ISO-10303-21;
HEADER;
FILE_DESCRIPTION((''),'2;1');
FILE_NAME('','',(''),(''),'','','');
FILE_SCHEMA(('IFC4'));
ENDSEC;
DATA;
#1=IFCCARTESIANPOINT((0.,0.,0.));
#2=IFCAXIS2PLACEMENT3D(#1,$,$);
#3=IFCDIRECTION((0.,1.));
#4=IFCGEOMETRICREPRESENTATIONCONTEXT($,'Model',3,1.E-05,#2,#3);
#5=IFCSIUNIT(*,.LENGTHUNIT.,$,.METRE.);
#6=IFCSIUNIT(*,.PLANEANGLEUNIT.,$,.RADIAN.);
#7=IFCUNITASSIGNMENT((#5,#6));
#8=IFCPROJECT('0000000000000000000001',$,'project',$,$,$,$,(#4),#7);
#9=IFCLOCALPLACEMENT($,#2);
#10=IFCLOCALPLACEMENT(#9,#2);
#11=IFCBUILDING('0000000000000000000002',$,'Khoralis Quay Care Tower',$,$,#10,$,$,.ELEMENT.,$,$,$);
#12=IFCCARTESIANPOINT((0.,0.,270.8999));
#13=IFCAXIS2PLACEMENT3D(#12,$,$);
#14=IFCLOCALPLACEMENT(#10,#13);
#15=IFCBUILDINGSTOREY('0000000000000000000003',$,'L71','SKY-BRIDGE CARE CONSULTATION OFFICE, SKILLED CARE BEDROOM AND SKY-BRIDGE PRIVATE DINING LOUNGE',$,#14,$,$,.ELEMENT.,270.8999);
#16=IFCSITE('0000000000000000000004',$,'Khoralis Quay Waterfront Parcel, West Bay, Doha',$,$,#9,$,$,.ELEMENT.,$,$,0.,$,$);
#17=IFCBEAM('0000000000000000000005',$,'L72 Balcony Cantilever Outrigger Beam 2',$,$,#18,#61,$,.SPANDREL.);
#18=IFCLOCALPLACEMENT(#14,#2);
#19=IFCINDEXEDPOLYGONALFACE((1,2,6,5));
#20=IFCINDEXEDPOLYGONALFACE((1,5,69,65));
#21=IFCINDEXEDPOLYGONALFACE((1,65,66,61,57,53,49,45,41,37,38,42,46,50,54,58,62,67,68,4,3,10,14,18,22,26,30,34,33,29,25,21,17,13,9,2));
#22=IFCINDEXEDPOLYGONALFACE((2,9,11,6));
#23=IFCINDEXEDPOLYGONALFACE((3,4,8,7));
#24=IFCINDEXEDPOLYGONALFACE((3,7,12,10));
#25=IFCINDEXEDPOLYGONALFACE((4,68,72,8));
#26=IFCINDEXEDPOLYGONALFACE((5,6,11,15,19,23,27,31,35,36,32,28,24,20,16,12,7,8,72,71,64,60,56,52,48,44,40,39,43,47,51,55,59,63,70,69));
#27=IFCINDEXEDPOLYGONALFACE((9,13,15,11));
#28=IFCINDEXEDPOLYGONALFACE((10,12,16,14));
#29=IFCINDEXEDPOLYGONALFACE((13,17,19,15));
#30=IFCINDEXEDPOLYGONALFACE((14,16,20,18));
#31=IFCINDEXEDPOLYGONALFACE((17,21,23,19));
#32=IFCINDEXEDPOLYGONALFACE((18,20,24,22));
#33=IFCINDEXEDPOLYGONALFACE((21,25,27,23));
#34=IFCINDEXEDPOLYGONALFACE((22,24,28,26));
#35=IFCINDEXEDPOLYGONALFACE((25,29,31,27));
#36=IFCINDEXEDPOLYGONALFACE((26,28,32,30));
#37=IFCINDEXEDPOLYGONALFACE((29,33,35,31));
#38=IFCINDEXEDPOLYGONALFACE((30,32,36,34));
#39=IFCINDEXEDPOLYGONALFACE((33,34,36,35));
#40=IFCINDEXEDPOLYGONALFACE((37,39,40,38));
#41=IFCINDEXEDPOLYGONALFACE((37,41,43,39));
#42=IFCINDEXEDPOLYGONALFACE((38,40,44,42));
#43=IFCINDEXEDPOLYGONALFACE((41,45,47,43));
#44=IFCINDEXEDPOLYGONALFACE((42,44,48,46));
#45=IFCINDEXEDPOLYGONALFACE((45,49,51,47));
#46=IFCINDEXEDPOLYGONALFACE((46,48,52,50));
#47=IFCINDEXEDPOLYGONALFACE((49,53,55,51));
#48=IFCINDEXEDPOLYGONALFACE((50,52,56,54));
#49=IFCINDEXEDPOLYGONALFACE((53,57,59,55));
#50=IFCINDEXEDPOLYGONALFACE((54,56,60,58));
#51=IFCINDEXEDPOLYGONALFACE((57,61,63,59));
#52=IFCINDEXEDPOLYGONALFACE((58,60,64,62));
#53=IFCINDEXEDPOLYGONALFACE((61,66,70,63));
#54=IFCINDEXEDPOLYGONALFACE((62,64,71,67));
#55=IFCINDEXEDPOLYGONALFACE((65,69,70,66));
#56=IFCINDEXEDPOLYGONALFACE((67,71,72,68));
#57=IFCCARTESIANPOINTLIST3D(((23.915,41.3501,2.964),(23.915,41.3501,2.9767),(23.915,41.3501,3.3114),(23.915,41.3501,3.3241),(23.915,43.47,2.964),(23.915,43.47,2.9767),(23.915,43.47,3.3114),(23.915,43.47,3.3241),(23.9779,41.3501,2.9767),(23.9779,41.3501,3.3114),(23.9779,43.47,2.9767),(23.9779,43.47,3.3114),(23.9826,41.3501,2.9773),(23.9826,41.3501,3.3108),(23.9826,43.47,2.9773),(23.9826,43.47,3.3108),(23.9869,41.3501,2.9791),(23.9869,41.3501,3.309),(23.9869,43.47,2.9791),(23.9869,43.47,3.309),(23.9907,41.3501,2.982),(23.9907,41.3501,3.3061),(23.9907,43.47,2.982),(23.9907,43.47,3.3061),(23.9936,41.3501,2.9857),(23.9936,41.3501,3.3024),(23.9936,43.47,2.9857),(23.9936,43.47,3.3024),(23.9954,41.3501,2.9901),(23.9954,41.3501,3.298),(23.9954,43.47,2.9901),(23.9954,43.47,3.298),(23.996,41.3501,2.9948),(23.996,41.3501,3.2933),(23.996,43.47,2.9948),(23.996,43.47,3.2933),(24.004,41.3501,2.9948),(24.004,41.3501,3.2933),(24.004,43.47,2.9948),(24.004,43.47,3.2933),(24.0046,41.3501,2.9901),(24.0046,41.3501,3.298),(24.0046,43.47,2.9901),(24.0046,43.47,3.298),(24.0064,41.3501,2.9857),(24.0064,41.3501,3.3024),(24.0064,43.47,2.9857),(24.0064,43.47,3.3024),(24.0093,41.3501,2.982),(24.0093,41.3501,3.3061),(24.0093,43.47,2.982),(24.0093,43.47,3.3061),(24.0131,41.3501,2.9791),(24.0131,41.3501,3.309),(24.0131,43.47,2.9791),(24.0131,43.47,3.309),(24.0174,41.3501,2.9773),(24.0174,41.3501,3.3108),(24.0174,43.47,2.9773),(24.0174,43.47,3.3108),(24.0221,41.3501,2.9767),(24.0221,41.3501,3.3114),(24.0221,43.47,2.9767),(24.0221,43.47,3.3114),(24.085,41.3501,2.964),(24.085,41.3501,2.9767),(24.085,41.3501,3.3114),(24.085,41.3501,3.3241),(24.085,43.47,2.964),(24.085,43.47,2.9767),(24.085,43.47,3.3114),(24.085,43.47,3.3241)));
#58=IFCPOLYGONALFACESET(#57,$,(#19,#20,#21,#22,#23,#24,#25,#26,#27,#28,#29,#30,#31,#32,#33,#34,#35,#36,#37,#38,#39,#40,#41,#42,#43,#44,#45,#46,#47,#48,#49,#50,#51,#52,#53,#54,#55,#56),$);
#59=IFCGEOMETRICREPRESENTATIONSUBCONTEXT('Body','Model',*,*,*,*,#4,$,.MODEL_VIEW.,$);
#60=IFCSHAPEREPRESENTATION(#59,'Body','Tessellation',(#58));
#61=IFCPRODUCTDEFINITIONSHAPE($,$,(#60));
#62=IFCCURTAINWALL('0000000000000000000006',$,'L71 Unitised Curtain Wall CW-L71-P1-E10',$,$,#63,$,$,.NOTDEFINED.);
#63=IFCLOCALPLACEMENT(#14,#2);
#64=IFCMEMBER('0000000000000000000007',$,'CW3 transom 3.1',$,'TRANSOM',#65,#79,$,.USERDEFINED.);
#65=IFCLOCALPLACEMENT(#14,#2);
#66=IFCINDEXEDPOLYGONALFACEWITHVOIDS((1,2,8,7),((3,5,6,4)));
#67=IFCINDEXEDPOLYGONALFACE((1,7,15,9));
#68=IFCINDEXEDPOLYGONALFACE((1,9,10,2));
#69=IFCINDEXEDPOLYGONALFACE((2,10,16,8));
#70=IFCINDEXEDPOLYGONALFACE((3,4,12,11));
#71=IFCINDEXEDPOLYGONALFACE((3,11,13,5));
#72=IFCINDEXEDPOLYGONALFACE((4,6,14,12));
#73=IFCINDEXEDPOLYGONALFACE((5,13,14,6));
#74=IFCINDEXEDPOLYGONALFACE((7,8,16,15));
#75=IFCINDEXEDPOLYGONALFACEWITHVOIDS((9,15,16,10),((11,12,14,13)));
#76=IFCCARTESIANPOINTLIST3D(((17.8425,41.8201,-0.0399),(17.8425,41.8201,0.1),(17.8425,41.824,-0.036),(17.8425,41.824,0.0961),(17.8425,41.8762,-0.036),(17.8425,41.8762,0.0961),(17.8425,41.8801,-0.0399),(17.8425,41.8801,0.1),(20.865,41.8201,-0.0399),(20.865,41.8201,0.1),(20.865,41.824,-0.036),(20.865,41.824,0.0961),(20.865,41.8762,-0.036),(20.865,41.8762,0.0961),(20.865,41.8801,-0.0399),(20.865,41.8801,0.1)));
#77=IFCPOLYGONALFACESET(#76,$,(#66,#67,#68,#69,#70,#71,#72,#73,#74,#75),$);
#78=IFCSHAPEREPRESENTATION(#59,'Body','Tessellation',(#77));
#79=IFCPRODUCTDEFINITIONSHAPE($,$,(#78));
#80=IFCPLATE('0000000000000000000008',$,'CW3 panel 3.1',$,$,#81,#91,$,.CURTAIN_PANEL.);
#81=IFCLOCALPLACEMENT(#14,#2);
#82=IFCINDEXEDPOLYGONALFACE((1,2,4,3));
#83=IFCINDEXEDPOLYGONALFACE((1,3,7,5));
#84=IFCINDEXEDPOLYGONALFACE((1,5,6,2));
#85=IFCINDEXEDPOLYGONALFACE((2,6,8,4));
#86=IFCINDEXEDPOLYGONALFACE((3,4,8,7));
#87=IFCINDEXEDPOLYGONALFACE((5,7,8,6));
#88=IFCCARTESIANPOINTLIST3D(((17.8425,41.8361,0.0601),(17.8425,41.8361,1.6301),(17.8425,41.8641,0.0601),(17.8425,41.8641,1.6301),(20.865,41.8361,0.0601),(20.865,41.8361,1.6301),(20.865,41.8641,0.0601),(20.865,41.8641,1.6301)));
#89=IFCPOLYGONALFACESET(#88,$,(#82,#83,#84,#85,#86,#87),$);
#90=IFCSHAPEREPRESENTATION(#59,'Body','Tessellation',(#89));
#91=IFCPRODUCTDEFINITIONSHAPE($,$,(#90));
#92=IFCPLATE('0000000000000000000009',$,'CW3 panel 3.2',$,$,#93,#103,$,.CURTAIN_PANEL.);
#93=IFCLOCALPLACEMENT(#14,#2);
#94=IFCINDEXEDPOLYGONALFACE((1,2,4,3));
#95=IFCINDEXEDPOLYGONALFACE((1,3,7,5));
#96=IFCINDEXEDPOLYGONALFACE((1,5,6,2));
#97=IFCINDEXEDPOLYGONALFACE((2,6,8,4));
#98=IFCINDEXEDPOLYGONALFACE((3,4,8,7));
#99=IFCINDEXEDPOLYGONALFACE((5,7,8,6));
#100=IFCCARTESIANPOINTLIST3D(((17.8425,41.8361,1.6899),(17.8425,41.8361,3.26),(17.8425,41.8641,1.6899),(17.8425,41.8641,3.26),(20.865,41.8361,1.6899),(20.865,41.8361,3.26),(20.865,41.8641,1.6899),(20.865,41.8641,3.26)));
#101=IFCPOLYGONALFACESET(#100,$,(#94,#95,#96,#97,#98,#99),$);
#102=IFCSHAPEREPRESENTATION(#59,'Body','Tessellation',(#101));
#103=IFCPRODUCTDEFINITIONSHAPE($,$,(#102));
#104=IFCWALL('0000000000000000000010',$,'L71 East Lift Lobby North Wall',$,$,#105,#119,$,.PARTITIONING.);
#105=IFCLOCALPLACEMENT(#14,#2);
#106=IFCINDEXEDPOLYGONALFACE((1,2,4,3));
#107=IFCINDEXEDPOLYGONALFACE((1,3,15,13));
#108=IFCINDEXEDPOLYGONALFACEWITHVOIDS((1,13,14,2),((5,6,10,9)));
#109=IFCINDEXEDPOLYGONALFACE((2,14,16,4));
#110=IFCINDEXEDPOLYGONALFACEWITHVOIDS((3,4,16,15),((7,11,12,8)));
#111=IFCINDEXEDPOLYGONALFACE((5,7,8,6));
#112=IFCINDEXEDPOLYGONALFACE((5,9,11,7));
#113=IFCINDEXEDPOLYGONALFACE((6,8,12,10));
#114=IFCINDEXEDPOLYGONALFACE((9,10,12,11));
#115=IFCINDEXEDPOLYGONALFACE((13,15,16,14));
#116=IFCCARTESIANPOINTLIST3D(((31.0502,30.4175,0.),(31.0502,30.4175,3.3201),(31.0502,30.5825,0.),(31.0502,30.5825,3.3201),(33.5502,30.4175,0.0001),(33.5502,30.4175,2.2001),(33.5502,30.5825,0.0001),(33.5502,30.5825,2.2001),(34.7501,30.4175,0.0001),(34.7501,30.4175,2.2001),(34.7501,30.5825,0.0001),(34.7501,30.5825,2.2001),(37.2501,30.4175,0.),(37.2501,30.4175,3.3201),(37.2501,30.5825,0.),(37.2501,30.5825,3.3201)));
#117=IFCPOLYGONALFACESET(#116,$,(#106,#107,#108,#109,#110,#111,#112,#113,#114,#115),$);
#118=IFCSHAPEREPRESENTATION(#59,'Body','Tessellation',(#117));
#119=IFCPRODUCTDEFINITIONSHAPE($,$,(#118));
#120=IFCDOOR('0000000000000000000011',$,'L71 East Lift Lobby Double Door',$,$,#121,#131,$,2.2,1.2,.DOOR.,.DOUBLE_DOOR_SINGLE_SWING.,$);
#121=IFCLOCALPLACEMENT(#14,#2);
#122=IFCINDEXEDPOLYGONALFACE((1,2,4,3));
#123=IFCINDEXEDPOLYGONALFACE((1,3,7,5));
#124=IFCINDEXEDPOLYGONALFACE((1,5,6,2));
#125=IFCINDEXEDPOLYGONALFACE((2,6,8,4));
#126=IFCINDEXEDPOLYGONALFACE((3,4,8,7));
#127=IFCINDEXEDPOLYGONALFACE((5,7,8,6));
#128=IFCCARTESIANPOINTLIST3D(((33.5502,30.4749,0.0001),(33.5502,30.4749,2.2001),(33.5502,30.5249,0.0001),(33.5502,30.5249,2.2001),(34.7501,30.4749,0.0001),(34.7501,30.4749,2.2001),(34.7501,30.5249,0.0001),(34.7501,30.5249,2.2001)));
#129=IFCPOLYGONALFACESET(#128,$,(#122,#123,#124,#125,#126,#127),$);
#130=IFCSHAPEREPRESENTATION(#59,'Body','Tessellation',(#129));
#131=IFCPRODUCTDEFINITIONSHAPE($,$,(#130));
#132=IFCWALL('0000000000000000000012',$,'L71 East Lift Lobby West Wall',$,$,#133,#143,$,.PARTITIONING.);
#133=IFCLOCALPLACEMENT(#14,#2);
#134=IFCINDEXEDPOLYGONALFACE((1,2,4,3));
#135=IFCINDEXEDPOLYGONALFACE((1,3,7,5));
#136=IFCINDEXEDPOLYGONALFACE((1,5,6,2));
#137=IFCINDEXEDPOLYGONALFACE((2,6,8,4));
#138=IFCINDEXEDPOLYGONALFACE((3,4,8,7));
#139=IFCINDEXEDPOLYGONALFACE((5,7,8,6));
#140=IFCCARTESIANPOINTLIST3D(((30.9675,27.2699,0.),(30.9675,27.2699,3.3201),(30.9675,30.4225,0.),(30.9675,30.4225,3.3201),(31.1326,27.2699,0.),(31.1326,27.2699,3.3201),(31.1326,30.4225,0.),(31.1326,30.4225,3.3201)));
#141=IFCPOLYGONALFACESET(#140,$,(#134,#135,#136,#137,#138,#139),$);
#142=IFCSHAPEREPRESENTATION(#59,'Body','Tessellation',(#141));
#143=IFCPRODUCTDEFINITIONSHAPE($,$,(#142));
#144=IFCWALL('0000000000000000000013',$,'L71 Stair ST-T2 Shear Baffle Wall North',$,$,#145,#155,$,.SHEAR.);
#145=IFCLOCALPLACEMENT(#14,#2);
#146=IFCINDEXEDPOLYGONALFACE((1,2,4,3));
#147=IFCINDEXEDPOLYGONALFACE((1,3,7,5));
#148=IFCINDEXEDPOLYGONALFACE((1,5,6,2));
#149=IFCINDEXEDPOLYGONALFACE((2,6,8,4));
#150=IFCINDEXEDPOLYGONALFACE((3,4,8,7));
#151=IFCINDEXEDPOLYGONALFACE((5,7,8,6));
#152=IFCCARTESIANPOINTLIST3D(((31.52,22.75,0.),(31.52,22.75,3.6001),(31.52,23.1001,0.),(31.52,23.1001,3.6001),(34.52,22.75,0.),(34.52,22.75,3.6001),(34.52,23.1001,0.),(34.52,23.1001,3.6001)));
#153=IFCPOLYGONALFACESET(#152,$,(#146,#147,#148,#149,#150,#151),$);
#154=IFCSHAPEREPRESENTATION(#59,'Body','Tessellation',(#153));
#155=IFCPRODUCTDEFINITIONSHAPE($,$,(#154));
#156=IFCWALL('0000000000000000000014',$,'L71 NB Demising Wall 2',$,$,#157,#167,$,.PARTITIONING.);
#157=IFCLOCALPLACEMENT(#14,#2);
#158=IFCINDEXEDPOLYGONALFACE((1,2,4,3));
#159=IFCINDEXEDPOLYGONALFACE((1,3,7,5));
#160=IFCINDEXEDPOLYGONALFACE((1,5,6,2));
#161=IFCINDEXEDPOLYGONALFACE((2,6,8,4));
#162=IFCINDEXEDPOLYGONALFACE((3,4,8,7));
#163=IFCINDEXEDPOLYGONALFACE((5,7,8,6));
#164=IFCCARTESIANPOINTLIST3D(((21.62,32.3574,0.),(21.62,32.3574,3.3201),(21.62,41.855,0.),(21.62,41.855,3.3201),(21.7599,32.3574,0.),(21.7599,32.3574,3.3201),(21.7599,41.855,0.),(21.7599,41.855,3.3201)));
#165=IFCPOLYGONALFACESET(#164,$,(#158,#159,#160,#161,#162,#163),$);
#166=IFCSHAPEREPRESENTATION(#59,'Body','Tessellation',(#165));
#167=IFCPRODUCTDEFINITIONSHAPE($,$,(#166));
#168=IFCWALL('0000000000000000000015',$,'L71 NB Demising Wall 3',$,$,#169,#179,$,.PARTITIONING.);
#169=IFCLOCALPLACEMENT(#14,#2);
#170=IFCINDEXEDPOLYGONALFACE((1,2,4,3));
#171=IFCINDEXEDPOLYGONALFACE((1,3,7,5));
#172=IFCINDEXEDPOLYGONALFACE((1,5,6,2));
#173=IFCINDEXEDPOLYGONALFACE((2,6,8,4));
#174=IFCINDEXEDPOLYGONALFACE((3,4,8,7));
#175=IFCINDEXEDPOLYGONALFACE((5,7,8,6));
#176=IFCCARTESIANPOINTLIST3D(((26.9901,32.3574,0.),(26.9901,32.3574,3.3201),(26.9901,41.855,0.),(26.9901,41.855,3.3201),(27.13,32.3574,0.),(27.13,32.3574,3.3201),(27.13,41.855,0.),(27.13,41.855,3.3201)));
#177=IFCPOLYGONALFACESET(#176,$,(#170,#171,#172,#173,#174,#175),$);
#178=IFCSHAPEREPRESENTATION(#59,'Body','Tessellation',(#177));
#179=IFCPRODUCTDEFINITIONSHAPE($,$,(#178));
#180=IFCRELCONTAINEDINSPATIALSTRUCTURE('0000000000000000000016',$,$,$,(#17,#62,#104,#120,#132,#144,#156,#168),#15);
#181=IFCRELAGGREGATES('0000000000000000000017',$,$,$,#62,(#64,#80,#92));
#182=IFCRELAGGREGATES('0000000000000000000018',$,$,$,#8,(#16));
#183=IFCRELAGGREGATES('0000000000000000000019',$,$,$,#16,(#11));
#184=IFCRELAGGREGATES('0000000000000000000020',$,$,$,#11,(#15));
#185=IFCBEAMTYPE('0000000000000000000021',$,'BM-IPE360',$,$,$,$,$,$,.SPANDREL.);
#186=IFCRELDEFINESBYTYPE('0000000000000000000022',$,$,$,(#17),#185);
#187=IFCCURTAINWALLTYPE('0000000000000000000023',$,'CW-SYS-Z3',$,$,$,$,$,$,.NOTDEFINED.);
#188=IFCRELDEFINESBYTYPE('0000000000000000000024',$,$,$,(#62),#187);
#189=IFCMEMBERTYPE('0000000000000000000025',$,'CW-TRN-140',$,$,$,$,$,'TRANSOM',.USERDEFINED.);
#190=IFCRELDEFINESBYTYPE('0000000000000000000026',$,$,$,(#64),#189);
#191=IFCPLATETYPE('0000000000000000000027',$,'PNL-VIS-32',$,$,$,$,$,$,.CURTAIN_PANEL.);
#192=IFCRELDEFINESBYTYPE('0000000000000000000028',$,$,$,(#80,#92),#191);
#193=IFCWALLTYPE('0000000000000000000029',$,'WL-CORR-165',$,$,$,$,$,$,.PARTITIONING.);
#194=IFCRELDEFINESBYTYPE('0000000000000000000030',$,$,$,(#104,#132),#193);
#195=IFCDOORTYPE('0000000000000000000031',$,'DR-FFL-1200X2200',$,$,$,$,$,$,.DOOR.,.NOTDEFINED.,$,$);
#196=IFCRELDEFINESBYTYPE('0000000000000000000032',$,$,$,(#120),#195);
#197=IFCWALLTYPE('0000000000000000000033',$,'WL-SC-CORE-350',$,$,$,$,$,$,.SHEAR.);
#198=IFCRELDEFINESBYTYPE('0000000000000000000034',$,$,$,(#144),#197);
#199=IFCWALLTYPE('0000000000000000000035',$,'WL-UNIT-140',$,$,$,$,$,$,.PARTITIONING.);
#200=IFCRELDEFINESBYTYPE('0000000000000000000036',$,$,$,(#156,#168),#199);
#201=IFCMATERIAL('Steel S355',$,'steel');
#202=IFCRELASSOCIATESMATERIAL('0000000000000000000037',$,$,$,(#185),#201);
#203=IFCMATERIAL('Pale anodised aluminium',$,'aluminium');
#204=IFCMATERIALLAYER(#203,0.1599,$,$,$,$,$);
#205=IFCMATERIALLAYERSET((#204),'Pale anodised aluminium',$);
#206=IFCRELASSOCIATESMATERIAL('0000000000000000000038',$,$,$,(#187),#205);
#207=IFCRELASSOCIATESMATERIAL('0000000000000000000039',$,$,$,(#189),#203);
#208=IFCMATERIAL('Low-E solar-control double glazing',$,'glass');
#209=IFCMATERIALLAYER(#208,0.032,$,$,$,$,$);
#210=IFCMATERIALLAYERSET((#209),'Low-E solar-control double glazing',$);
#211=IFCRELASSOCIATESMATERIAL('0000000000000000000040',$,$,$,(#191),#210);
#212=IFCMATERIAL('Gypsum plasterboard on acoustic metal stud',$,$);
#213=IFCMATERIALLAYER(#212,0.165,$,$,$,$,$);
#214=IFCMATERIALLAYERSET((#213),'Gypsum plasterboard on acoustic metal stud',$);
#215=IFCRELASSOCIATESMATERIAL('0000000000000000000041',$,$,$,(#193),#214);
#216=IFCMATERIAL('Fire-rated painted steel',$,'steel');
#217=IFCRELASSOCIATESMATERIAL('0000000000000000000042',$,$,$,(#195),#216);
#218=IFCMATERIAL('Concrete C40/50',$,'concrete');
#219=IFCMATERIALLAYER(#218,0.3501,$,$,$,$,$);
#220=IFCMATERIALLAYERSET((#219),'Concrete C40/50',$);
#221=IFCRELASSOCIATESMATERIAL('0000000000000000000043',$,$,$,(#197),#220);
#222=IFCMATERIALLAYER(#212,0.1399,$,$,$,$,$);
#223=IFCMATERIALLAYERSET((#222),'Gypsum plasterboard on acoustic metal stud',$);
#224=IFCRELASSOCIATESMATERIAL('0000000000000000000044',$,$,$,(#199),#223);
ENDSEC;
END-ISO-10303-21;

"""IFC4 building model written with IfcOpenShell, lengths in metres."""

from ifc_helpers import new_model, si_unit, direction, frame, frame_2d, origin, origin_2d, place, context, subcontext, project, spatial, rectangle, hollow_rectangle, i_section, extrude, source, transform, mapped, material, layer, layer_set, material_profile, profile_set, type_object, element, fill, aggregate, save


model = new_model("IFC4")

# Units and contexts
model_context = context("Model", 3, precision=1e-05, world=origin(), true_north=direction((0.0, 1.0)))
body_context = subcontext(model_context, "Body", "Model", "MODEL_VIEW")
ifc_project = project(units=[si_unit("LENGTHUNIT", "METRE"), si_unit("PLANEANGLEUNIT", "RADIAN")], contexts=[model_context])

# Site, building, storey
site_placement = place(None, origin())
site = spatial("IfcSite", under=ifc_project, at=site_placement, Name="Khoralis Quay Waterfront Parcel, West Bay, Doha", CompositionType="ELEMENT", RefElevation=0.0)
building_placement = place(site_placement, origin())
building = spatial("IfcBuilding", under=site, at=building_placement, Name="Khoralis Quay Care Tower", CompositionType="ELEMENT")
storey_placement = place(building_placement, frame((0.0, 0.0, 270.8999)))
storey = spatial("IfcBuildingStorey", under=building, at=storey_placement, Name="L71", Description="SKY-BRIDGE CARE CONSULTATION OFFICE, SKILLED CARE BEDROOM AND SKY-BRIDGE PRIVATE DINING LOUNGE", CompositionType="ELEMENT", Elevation=270.8999)

# Beam
ifc_material_1 = material(Name="Steel S355", Category="steel")
ifc_material_profile_1 = material_profile(ifc_material_1, i_section(OverallWidth=0.1699, OverallDepth=0.3601, WebThickness=0.0081, FlangeThickness=0.0127, FilletRadius=0.0181, at=origin_2d()), Name="Steel S355")
ifc_profile_set_1 = profile_set([ifc_material_profile_1], Name="Steel S355")
beam_type_1 = type_object("IfcBeamType", Name="BM-IPE360", PredefinedType="SPANDREL", material=ifc_profile_set_1)
shared_shape_1 = source(origin(), body_context, "Body", "SweptSolid", [
    extrude(i_section(OverallWidth=0.1699, OverallDepth=0.3601, WebThickness=0.0081, FlangeThickness=0.0127, FilletRadius=0.0181, at=origin_2d()), origin(), (0.0, 0.0, 1.0), 2.1199),
])
beam_1_placement = place(storey_placement, frame((24.0, 41.3501, 3.144), z_axis=(0.0, 1.0, 0.0), x_axis=(-1.0, 0.0, 0.0)))
element("IfcBeam", 1, at=beam_1_placement, inside=storey, type_object=beam_type_1, Name="L72 Balcony Cantilever Outrigger Beam 2", PredefinedType="SPANDREL", context=body_context, shape_type="MappedRepresentation", body=[
    mapped(shared_shape_1, transform((0.0, 0.0, 0.0), scale=1.0)),
])

# Curtain wall, member, plates
ifc_material_2 = material(Name="Pale anodised aluminium", Category="aluminium")
ifc_layer_1 = layer(ifc_material_2, 0.1599)
ifc_layer_set_1 = layer_set([ifc_layer_1], Name="Pale anodised aluminium")
curtain_wall_type = type_object("IfcCurtainWallType", Name="CW-SYS-Z3", PredefinedType="NOTDEFINED", material=ifc_layer_set_1)
curtain_wall_placement = place(storey_placement, origin())
curtain_wall = element("IfcCurtainWall", 2, at=curtain_wall_placement, inside=storey, type_object=curtain_wall_type, Name="L71 Unitised Curtain Wall CW-L71-P1-E10", PredefinedType="NOTDEFINED")
ifc_material_profile_2 = material_profile(ifc_material_2, hollow_rectangle(XDim=0.0601, YDim=0.1399, WallThickness=0.0039, at=origin_2d()), Name="Pale anodised aluminium")
ifc_profile_set_2 = profile_set([ifc_material_profile_2], Name="Pale anodised aluminium")
member_type = type_object("IfcMemberType", Name="CW-TRN-140", ElementType="TRANSOM", PredefinedType="USERDEFINED", material=ifc_profile_set_2)
shared_shape_2 = source(origin(), body_context, "Body", "SweptSolid", [
    extrude(hollow_rectangle(XDim=0.0601, YDim=0.1399, WallThickness=0.0039, at=origin_2d()), origin(), (0.0, 0.0, 1.0), 3.0225),
])
member_placement = place(storey_placement, frame((20.865, 41.8501, 0.03), z_axis=(-1.0, 0.0, 0.0), x_axis=(0.0, -1.0, 0.0)))
member = element("IfcMember", 3, at=member_placement, type_object=member_type, Name="CW3 transom 3.1", ObjectType="TRANSOM", PredefinedType="USERDEFINED", context=body_context, shape_type="MappedRepresentation", body=[
    mapped(shared_shape_2, transform((0.0, 0.0, 0.0), scale=1.0)),
])
ifc_material_3 = material(Name="Low-E solar-control double glazing", Category="glass")
ifc_layer_2 = layer(ifc_material_3, 0.032)
ifc_layer_set_2 = layer_set([ifc_layer_2], Name="Low-E solar-control double glazing")
plate_type = type_object("IfcPlateType", Name="PNL-VIS-32", PredefinedType="CURTAIN_PANEL", material=ifc_layer_set_2)
shared_shape_3 = source(origin(), body_context, "Body", "SweptSolid", [
    extrude(rectangle(XDim=3.0225, YDim=0.0281, at=origin_2d()), origin(), (0.0, 0.0, 1.0), 1.5701),
])
plate_1_placement = place(storey_placement, frame((19.3538, 41.8501, 0.0601), z_axis=(0.0, 0.0, 1.0), x_axis=(-1.0, 0.0, 0.0)))
plate_1 = element("IfcPlate", 4, at=plate_1_placement, type_object=plate_type, Name="CW3 panel 3.1", PredefinedType="CURTAIN_PANEL", context=body_context, shape_type="MappedRepresentation", body=[
    mapped(shared_shape_3, transform((0.0, 0.0, 0.0), scale=1.0)),
])
plate_2_placement = place(storey_placement, frame((19.3538, 41.8501, 1.6899), z_axis=(0.0, 0.0, 1.0), x_axis=(-1.0, 0.0, 0.0)))
plate_2 = element("IfcPlate", 5, at=plate_2_placement, type_object=plate_type, Name="CW3 panel 3.2", PredefinedType="CURTAIN_PANEL", context=body_context, shape_type="MappedRepresentation", body=[
    mapped(shared_shape_3, transform((0.0, 0.0, 0.0), scale=1.0)),
])
aggregate(curtain_wall, [member, plate_1, plate_2])

# Wall, opening, door
ifc_material_4 = material(Name="Gypsum plasterboard on acoustic metal stud")
ifc_layer_3 = layer(ifc_material_4, 0.165)
ifc_layer_set_3 = layer_set([ifc_layer_3], Name="Gypsum plasterboard on acoustic metal stud")
wall_type_1 = type_object("IfcWallType", Name="WL-CORR-165", PredefinedType="PARTITIONING", material=ifc_layer_set_3)
wall_1_placement = place(storey_placement, frame((31.05, 30.5, 0.0), z_axis=(0.0, 0.0, 1.0), x_axis=(1.0, 0.0, 0.0)))
wall_1 = element("IfcWall", 6, at=wall_1_placement, inside=storey, type_object=wall_type_1, Name="L71 East Lift Lobby North Wall", PredefinedType="PARTITIONING", context=body_context, shape_type="SweptSolid", body=[
    extrude(rectangle(XDim=6.2, YDim=0.165, at=frame_2d((3.1001, 0.0))), origin(), (0.0, 0.0, 1.0), 3.3201),
])
opening_placement = place(wall_1_placement, frame((2.5, 0.0, 0.0)))
opening = element("IfcOpeningElement", 7, at=opening_placement, cuts=wall_1, PredefinedType="OPENING", context=body_context, shape_type="SweptSolid", body=[
    extrude(rectangle(XDim=1.2, YDim=2.2, at=frame_2d((0.6001, 1.1001))), frame((0.0, 0.0925, 0.0), z_axis=(0.0, -1.0, 0.0), x_axis=(1.0, 0.0, 0.0)), (0.0, 0.0, 1.0), 0.1851),
])
ifc_material_5 = material(Name="Fire-rated painted steel", Category="steel")
door_type = type_object("IfcDoorType", Name="DR-FFL-1200X2200", OperationType="NOTDEFINED", PredefinedType="DOOR", material=ifc_material_5)
shared_shape_4 = source(origin(), body_context, "Body", "SweptSolid", [
    extrude(rectangle(XDim=1.2, YDim=2.2, at=frame_2d((0.6001, 1.1001))), frame((0.0, 0.0249, 0.0), z_axis=(0.0, -1.0, 0.0), x_axis=(1.0, 0.0, 0.0)), (0.0, 0.0, 1.0), 0.05),
])
door_placement = place(opening_placement, origin())
door = element("IfcDoor", 8, at=door_placement, inside=storey, type_object=door_type, Name="L71 East Lift Lobby Double Door", OperationType="DOUBLE_DOOR_SINGLE_SWING", OverallHeight=2.2, OverallWidth=1.2, PredefinedType="DOOR", context=body_context, shape_type="MappedRepresentation", body=[
    mapped(shared_shape_4, transform((0.0, 0.0, 0.0), scale=1.0)),
])
fill(opening, door)

# Walls
wall_2_placement = place(storey_placement, frame((31.05, 27.27, 0.0), z_axis=(0.0, 0.0, 1.0), x_axis=(0.0, 1.0, 0.0)))
element("IfcWall", 9, at=wall_2_placement, inside=storey, type_object=wall_type_1, Name="L71 East Lift Lobby West Wall", PredefinedType="PARTITIONING", context=body_context, shape_type="SweptSolid", body=[
    extrude(rectangle(XDim=3.1526, YDim=0.165, at=frame_2d((1.5762, 0.0))), origin(), (0.0, 0.0, 1.0), 3.3201),
])
ifc_material_6 = material(Name="Concrete C40/50", Category="concrete")
ifc_layer_4 = layer(ifc_material_6, 0.3501)
ifc_layer_set_4 = layer_set([ifc_layer_4], Name="Concrete C40/50")
wall_type_2 = type_object("IfcWallType", Name="WL-SC-CORE-350", PredefinedType="SHEAR", material=ifc_layer_set_4)
wall_3_placement = place(storey_placement, frame((31.52, 22.925, 0.0), z_axis=(0.0, 0.0, 1.0), x_axis=(1.0, 0.0, 0.0)))
element("IfcWall", 10, at=wall_3_placement, inside=storey, type_object=wall_type_2, Name="L71 Stair ST-T2 Shear Baffle Wall North", PredefinedType="SHEAR", context=body_context, shape_type="SweptSolid", body=[
    extrude(rectangle(XDim=3.0, YDim=0.3501, at=frame_2d((1.5, 0.0))), origin(), (0.0, 0.0, 1.0), 3.6001),
])
ifc_layer_5 = layer(ifc_material_4, 0.1399)
ifc_layer_set_5 = layer_set([ifc_layer_5], Name="Gypsum plasterboard on acoustic metal stud")
wall_type_3 = type_object("IfcWallType", Name="WL-UNIT-140", PredefinedType="PARTITIONING", material=ifc_layer_set_5)
for number, where, z_axis, x_axis, name in (
    (11, (21.6899, 32.3574, 0.0), (0.0, 0.0, 1.0), (0.0, 1.0, 0.0), "L71 NB Demising Wall 2"),
    (12, (27.0601, 32.3574, 0.0), (0.0, 0.0, 1.0), (0.0, 1.0, 0.0), "L71 NB Demising Wall 3"),
):
    element("IfcWall", number, at=place(storey_placement, frame(where, z_axis=z_axis, x_axis=x_axis)), inside=storey, type_object=wall_type_3, Name=name, PredefinedType="PARTITIONING", context=body_context, shape_type="SweptSolid", body=[
        extrude(rectangle(XDim=9.4976, YDim=0.1399, at=frame_2d((4.7488, 0.0))), origin(), (0.0, 0.0, 1.0), 3.3201),
    ])

save(model, "model.ifc")
